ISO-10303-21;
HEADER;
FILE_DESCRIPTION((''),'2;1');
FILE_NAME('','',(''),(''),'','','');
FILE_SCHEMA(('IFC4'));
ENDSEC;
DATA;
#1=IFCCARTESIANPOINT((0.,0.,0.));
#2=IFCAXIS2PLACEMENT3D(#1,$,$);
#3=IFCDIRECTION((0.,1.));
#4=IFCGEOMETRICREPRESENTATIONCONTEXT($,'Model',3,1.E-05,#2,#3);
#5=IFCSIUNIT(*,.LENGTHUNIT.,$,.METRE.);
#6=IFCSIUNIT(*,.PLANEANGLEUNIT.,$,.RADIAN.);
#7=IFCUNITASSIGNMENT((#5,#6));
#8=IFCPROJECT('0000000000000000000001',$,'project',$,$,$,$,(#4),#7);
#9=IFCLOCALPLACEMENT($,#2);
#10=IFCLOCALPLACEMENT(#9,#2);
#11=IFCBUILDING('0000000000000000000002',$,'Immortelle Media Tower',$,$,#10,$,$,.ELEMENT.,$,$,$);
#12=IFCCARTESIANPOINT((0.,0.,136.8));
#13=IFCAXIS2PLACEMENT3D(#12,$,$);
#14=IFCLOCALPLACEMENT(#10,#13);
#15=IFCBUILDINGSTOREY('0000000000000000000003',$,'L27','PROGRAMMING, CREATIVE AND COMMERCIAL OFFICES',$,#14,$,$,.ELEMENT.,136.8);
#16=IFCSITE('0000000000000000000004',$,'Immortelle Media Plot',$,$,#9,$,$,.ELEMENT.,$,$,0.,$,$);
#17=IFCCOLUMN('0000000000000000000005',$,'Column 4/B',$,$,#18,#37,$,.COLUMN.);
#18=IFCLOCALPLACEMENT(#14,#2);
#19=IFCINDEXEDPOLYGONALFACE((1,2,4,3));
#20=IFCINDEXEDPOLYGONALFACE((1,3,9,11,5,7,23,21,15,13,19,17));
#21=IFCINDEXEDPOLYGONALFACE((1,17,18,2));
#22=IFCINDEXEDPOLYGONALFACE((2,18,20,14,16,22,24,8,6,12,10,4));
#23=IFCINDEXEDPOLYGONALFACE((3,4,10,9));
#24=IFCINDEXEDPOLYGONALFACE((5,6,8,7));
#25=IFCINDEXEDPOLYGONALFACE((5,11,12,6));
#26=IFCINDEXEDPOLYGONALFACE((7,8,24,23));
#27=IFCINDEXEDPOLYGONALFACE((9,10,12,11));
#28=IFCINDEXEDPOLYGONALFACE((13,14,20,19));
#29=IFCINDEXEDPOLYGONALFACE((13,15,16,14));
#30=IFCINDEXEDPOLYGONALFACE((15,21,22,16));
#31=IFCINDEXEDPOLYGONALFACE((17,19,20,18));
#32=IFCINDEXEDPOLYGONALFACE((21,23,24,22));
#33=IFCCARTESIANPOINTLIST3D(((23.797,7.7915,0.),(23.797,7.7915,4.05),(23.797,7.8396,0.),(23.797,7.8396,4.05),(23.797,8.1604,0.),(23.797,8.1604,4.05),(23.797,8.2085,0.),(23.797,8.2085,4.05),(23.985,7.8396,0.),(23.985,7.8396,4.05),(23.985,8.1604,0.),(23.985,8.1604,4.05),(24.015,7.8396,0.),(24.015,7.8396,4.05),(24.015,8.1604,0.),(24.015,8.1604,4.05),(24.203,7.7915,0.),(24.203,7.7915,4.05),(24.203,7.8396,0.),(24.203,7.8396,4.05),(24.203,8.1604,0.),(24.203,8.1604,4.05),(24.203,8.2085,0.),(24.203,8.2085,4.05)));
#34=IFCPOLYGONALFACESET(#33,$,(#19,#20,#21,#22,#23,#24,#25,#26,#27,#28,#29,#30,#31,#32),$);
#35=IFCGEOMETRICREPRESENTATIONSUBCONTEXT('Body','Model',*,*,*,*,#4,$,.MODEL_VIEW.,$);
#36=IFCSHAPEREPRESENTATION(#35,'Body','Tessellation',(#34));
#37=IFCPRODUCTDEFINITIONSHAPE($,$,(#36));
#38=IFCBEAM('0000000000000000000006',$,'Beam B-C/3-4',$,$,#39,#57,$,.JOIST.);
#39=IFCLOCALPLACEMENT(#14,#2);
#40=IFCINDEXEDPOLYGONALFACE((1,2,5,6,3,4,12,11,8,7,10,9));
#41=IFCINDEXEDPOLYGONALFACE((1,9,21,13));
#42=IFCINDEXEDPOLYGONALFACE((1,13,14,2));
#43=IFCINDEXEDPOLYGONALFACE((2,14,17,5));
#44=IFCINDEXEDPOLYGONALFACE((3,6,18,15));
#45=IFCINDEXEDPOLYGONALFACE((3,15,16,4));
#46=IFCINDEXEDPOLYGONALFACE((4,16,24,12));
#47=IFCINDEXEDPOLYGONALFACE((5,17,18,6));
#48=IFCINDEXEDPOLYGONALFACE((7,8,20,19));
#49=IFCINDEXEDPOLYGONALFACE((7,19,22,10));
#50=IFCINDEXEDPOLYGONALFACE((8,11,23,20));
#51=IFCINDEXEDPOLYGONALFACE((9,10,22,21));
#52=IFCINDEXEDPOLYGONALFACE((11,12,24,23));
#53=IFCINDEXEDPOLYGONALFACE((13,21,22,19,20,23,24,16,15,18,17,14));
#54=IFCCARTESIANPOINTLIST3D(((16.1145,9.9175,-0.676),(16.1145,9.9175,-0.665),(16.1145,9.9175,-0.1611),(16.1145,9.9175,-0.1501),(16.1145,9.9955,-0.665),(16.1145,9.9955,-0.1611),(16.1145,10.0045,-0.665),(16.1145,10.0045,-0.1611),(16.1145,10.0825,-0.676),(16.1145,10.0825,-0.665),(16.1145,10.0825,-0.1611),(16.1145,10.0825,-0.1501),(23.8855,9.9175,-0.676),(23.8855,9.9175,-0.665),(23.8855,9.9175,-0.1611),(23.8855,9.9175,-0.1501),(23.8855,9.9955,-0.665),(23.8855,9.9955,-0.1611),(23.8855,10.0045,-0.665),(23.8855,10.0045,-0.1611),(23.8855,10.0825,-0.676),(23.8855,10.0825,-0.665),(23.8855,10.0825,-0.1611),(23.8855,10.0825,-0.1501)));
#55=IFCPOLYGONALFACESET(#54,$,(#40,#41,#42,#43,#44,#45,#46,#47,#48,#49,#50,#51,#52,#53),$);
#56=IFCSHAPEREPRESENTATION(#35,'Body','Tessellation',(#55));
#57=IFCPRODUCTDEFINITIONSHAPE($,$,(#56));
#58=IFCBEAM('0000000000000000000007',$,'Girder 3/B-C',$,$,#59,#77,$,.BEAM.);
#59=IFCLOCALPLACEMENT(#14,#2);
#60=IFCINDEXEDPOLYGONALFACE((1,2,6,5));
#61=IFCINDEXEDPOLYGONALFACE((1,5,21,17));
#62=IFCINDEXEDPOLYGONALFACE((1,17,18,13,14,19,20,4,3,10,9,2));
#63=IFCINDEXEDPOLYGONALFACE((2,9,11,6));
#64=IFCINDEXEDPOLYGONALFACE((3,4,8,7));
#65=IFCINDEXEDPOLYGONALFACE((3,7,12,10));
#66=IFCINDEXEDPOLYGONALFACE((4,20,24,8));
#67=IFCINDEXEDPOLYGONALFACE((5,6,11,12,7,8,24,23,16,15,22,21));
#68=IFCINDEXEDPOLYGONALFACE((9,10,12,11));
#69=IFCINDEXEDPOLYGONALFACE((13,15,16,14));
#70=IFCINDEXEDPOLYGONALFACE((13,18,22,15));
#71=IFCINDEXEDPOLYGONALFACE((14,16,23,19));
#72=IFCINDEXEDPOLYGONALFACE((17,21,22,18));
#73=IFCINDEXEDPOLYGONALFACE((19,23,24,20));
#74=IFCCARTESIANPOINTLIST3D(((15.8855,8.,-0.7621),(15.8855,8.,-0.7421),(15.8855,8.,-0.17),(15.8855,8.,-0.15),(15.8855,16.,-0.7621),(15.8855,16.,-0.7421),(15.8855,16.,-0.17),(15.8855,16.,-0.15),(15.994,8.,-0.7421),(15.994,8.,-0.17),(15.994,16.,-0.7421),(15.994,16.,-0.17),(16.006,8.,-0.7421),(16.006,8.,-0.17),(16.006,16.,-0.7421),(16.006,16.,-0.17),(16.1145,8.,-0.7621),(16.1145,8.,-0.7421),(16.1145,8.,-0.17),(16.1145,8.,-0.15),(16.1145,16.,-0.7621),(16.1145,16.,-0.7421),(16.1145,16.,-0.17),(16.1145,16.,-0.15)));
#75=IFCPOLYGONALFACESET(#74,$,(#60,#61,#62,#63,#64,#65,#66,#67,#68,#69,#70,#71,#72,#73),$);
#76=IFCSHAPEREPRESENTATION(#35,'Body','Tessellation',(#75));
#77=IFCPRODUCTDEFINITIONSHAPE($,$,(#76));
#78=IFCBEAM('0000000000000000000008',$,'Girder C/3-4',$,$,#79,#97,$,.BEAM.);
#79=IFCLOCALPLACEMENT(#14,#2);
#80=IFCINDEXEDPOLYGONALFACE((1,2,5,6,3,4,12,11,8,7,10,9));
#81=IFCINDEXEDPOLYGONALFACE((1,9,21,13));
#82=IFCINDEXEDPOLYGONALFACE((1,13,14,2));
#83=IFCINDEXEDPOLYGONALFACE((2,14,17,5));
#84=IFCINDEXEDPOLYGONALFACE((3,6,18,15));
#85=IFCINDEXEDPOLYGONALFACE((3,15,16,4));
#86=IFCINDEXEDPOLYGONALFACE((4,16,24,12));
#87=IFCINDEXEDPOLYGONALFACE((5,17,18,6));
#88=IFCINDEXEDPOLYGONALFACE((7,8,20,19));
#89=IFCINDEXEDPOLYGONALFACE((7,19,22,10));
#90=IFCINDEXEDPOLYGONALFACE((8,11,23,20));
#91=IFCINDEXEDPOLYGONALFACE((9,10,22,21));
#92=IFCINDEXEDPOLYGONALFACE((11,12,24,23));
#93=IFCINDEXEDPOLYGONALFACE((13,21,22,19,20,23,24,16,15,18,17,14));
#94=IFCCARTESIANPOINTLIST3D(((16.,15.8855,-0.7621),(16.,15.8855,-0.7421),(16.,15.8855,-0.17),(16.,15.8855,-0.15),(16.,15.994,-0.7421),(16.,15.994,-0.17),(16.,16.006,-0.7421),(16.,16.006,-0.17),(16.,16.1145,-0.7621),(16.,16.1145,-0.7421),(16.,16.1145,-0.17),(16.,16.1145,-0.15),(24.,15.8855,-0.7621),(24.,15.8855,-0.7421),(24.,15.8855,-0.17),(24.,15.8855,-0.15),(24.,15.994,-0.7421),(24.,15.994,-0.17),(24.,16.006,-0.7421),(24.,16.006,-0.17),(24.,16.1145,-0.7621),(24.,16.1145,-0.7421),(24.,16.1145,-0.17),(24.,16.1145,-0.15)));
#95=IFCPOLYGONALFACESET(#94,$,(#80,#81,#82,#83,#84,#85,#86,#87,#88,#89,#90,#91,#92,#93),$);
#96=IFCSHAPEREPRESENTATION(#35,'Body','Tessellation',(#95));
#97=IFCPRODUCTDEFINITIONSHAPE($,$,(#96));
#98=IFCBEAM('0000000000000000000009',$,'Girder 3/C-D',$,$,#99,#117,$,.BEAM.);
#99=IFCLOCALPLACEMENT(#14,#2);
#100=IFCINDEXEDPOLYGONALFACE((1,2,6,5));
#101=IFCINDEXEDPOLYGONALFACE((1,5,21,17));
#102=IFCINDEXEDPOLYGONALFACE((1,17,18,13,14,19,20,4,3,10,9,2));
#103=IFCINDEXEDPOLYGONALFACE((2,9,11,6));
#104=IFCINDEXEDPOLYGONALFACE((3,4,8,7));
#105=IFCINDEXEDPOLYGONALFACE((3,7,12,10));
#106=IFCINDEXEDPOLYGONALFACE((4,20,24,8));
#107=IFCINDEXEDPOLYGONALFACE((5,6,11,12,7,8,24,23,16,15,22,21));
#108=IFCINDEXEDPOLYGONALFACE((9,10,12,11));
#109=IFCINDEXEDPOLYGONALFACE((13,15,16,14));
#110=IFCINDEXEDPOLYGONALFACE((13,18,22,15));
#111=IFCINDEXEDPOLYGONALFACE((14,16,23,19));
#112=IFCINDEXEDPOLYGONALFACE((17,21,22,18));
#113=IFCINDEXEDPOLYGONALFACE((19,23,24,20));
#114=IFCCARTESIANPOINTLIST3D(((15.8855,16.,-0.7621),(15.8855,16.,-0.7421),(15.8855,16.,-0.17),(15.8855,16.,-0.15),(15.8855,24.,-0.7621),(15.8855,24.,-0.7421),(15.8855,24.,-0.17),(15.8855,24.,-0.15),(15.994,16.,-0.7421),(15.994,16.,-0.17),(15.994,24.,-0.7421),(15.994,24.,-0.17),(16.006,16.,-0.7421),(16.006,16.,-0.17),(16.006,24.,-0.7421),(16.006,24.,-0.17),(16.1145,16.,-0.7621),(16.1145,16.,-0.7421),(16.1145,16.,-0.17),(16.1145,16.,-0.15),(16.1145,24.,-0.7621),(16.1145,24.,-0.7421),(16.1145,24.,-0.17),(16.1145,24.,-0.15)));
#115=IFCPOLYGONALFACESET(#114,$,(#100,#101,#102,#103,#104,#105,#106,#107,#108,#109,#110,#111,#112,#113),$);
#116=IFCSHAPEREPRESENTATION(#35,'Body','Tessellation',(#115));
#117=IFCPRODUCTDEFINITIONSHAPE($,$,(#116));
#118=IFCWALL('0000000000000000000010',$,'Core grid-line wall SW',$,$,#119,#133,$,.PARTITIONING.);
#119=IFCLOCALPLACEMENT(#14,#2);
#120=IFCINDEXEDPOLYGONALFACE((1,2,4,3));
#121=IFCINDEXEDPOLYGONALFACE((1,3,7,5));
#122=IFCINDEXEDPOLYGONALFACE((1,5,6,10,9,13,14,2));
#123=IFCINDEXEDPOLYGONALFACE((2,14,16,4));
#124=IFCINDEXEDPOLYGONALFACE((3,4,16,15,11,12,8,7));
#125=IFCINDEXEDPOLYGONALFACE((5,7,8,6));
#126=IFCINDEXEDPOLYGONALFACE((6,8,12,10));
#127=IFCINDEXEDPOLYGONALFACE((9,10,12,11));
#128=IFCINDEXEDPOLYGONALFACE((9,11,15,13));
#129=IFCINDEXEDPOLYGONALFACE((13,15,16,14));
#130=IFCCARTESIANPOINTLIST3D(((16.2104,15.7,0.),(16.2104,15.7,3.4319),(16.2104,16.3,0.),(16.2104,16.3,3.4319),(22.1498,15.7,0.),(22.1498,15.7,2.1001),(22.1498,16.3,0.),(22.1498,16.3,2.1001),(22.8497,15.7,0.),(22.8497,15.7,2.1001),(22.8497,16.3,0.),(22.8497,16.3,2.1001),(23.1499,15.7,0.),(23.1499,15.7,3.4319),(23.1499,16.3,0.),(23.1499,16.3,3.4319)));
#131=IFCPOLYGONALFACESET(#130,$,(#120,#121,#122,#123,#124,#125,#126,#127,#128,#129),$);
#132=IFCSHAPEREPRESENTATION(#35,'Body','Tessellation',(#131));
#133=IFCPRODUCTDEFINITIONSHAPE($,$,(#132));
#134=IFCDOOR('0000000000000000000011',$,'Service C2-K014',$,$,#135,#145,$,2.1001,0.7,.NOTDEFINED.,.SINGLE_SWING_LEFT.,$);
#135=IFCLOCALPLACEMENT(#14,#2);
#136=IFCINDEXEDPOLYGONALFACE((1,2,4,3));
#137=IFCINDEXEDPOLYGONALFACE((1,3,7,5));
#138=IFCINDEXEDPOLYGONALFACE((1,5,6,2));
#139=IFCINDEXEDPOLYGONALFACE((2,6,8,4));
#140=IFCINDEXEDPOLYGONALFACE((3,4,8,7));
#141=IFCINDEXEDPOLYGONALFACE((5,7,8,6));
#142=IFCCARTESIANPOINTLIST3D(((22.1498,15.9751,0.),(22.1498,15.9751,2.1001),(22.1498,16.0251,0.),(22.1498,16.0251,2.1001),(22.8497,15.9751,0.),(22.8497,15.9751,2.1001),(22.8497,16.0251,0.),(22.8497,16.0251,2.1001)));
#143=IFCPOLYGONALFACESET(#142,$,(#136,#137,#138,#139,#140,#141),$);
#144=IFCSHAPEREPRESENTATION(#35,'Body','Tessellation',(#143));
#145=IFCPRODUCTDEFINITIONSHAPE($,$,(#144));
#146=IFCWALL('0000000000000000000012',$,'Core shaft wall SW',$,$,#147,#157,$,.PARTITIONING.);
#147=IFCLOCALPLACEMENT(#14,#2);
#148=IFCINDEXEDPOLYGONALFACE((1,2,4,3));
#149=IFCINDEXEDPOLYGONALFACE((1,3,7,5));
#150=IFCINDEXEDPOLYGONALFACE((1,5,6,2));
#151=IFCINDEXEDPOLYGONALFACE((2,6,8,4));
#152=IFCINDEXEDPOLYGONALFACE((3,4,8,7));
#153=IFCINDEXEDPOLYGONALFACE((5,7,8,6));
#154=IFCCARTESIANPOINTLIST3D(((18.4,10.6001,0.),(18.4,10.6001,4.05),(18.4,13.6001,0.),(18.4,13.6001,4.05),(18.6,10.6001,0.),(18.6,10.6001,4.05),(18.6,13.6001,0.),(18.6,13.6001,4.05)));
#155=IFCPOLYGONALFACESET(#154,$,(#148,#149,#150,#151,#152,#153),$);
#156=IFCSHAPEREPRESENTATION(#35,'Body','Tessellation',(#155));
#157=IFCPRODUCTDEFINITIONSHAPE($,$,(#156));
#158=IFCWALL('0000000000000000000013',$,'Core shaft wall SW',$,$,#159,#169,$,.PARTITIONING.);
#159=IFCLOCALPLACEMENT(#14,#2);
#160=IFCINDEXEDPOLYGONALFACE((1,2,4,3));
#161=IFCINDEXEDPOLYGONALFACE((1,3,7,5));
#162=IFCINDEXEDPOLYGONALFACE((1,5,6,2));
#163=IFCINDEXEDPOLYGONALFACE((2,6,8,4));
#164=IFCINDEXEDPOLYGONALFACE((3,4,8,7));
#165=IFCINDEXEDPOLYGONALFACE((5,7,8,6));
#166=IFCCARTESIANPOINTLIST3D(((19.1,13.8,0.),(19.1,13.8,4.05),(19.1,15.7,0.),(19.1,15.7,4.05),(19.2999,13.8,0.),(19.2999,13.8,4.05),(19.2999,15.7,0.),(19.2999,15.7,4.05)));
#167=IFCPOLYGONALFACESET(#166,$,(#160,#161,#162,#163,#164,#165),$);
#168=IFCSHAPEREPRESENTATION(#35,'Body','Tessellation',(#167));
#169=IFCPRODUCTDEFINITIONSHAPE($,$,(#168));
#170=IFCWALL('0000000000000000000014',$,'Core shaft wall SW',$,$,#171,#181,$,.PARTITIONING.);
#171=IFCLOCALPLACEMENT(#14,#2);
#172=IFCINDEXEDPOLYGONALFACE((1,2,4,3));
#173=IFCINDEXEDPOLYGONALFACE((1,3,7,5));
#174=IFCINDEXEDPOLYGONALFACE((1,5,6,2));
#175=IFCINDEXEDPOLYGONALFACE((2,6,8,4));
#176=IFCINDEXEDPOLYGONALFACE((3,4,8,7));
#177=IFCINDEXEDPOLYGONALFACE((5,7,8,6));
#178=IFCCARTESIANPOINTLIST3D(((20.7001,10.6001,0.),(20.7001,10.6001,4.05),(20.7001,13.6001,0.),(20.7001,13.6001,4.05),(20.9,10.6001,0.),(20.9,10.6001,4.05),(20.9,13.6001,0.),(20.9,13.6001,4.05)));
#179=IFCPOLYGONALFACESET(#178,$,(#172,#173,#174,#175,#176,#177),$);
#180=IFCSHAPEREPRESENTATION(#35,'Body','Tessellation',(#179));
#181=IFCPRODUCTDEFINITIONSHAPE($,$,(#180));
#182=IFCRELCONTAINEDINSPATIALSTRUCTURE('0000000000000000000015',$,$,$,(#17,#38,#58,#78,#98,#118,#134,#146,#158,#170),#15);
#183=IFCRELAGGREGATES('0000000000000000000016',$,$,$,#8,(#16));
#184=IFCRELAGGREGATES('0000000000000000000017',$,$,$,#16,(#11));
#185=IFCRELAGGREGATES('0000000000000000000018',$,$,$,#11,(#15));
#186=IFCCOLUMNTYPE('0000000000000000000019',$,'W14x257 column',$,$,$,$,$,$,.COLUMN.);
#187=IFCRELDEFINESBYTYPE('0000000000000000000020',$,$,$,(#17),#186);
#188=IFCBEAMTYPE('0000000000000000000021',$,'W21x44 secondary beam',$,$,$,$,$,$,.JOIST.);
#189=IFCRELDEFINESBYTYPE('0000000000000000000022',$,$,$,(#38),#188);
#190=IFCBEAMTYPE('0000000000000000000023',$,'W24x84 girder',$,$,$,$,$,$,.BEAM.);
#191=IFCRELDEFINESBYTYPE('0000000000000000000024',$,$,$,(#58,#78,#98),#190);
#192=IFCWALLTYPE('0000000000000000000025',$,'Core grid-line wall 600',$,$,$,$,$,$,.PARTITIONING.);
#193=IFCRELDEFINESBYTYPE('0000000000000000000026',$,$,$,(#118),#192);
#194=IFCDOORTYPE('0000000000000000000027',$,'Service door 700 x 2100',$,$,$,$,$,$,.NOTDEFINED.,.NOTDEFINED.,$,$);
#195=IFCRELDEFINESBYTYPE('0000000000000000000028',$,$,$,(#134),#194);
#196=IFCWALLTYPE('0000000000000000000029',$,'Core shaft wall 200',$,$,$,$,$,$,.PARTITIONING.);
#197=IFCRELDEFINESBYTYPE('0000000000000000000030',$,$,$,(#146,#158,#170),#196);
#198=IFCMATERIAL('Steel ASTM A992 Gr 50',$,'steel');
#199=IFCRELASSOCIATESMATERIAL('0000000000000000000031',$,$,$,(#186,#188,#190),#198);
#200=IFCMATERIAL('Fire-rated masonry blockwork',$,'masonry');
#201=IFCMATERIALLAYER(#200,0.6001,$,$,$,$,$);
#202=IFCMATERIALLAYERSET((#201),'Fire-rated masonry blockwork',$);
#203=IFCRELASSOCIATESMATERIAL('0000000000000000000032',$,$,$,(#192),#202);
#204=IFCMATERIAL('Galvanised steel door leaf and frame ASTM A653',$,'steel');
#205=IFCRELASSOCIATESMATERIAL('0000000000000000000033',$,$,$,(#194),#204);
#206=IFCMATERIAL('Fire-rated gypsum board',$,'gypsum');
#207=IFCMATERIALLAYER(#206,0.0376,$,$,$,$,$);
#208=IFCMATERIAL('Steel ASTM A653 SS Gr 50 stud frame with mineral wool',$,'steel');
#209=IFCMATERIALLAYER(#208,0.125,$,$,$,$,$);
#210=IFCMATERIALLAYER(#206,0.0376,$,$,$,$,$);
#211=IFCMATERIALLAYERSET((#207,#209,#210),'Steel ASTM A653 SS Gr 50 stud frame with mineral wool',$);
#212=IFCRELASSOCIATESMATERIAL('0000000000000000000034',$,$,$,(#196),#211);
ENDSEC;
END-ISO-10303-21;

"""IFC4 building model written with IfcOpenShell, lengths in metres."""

from ifc_helpers import new_model, si_unit, direction, frame, frame_2d, origin, origin_2d, place, context, subcontext, project, spatial, rectangle, i_section, extrude, material, layer, layer_set, material_profile, profile_set, type_object, element, fill, save


model = new_model("IFC4")

# Units and contexts
model_context = context("Model", 3, precision=1e-05, world=origin(), true_north=direction((0.0, 1.0)))
body_context = subcontext(model_context, "Body", "Model", "MODEL_VIEW")
ifc_project = project(units=[si_unit("LENGTHUNIT", "METRE"), si_unit("PLANEANGLEUNIT", "RADIAN")], contexts=[model_context])

# Site, building, storey
site_placement = place(None, origin())
site = spatial("IfcSite", under=ifc_project, at=site_placement, Name="Immortelle Media Plot", CompositionType="ELEMENT", RefElevation=0.0)
building_placement = place(site_placement, origin())
building = spatial("IfcBuilding", under=site, at=building_placement, Name="Immortelle Media Tower", CompositionType="ELEMENT")
storey_placement = place(building_placement, frame((0.0, 0.0, 136.8)))
storey = spatial("IfcBuildingStorey", under=building, at=storey_placement, Name="L27", Description="PROGRAMMING, CREATIVE AND COMMERCIAL OFFICES", CompositionType="ELEMENT", Elevation=136.8)

# Column
ifc_material_1 = material(Name="Steel ASTM A992 Gr 50", Category="steel")
ifc_material_profile_1 = material_profile(ifc_material_1, i_section(OverallWidth=0.406, OverallDepth=0.417, WebThickness=0.03, FlangeThickness=0.0481, at=origin_2d()), Name="W14x257")
ifc_profile_set_1 = profile_set([ifc_material_profile_1], Name="Steel ASTM A992 Gr 50")
column_type = type_object("IfcColumnType", Name="W14x257 column", PredefinedType="COLUMN", material=ifc_profile_set_1)
column_placement = place(storey_placement, frame((24.0, 8.0, 0.0), z_axis=(0.0, 0.0, 1.0), x_axis=(1.0, 0.0, 0.0)))
element("IfcColumn", 1, at=column_placement, inside=storey, type_object=column_type, Name="Column 4/B", PredefinedType="COLUMN", context=body_context, shape_type="SweptSolid", body=[
    extrude(i_section(OverallWidth=0.406, OverallDepth=0.417, WebThickness=0.03, FlangeThickness=0.0481, at=origin_2d()), origin(), (0.0, 0.0, 1.0), 4.05),
])

# Beams
ifc_material_profile_2 = material_profile(ifc_material_1, i_section(OverallWidth=0.165, OverallDepth=0.5259, WebThickness=0.009, FlangeThickness=0.011, at=origin_2d()), Name="W21x44")
ifc_profile_set_2 = profile_set([ifc_material_profile_2], Name="Steel ASTM A992 Gr 50")
beam_type_1 = type_object("IfcBeamType", Name="W21x44 secondary beam", PredefinedType="JOIST", material=ifc_profile_set_2)
beam_placement = place(storey_placement, frame((16.1145, 10.0, -0.4131), z_axis=(1.0, 0.0, 0.0), x_axis=(0.0, 1.0, 0.0)))
element("IfcBeam", 2, at=beam_placement, inside=storey, type_object=beam_type_1, Name="Beam B-C/3-4", PredefinedType="JOIST", context=body_context, shape_type="SweptSolid", body=[
    extrude(i_section(OverallWidth=0.165, OverallDepth=0.5259, WebThickness=0.009, FlangeThickness=0.011, at=origin_2d()), origin(), (0.0, 0.0, 1.0), 7.771),
])
ifc_material_profile_3 = material_profile(ifc_material_1, i_section(OverallWidth=0.229, OverallDepth=0.6121, WebThickness=0.012, FlangeThickness=0.02, at=origin_2d()), Name="W24x84")
ifc_profile_set_3 = profile_set([ifc_material_profile_3], Name="Steel ASTM A992 Gr 50")
beam_type_2 = type_object("IfcBeamType", Name="W24x84 girder", PredefinedType="BEAM", material=ifc_profile_set_3)
for number, where, z_axis, x_axis, name in (
    (3, (16.0, 8.0, -0.4561), (0.0, 1.0, 0.0), (-1.0, 0.0, 0.0), "Girder 3/B-C"),
    (4, (16.0, 16.0, -0.4561), (1.0, 0.0, 0.0), (0.0, 1.0, 0.0), "Girder C/3-4"),
    (5, (16.0, 16.0, -0.4561), (0.0, 1.0, 0.0), (-1.0, 0.0, 0.0), "Girder 3/C-D"),
):
    element("IfcBeam", number, at=place(storey_placement, frame(where, z_axis=z_axis, x_axis=x_axis)), inside=storey, type_object=beam_type_2, Name=name, PredefinedType="BEAM", context=body_context, shape_type="SweptSolid", body=[
        extrude(i_section(OverallWidth=0.229, OverallDepth=0.6121, WebThickness=0.012, FlangeThickness=0.02, at=origin_2d()), origin(), (0.0, 0.0, 1.0), 8.0),
    ])

# Wall, opening, door
ifc_material_2 = material(Name="Fire-rated masonry blockwork", Category="masonry")
ifc_layer_1 = layer(ifc_material_2, 0.6001)
ifc_layer_set_1 = layer_set([ifc_layer_1], Name="Fire-rated masonry blockwork")
wall_type_1 = type_object("IfcWallType", Name="Core grid-line wall 600", PredefinedType="PARTITIONING", material=ifc_layer_set_1)
wall_1_placement = place(storey_placement, frame((16.2104, 16.0, 0.0), z_axis=(0.0, 0.0, 1.0), x_axis=(1.0, 0.0, 0.0)))
wall_1 = element("IfcWall", 6, at=wall_1_placement, inside=storey, type_object=wall_type_1, Name="Core grid-line wall SW", PredefinedType="PARTITIONING", context=body_context, shape_type="SweptSolid", body=[
    extrude(rectangle(XDim=6.9395, YDim=0.6001, at=frame_2d((3.4697, 0.0))), origin(), (0.0, 0.0, 1.0), 3.4319),
])
opening_1_placement = place(wall_1_placement, frame((6.6394, 0.0, 0.0), z_axis=(0.0, 0.0, 1.0), x_axis=(-1.0, 0.0, 0.0)))
opening_1 = element("IfcOpeningElement", 7, at=opening_1_placement, cuts=wall_1, PredefinedType="OPENING", context=body_context, shape_type="SweptSolid", body=[
    extrude(rectangle(XDim=0.7, YDim=2.1001, at=frame_2d((0.3501, 1.05))), frame((0.0, 0.3101, 0.0), z_axis=(0.0, -1.0, 0.0), x_axis=(1.0, 0.0, 0.0)), (0.0, 0.0, 1.0), 0.6201),
])
ifc_material_3 = material(Name="Galvanised steel door leaf and frame ASTM A653", Category="steel")
door_type_1 = type_object("IfcDoorType", Name="Service door 700 x 2100", OperationType="NOTDEFINED", PredefinedType="NOTDEFINED", material=ifc_material_3)
door_1_placement = place(opening_1_placement, origin())
door_1 = element("IfcDoor", 8, at=door_1_placement, inside=storey, type_object=door_type_1, Name="Service C2-K014", OperationType="SINGLE_SWING_LEFT", OverallHeight=2.1001, OverallWidth=0.7, PredefinedType="NOTDEFINED", context=body_context, shape_type="SweptSolid", body=[
    extrude(rectangle(XDim=0.7, YDim=2.1001, at=frame_2d((0.3501, 1.05))), frame((0.0, 0.0249, 0.0), z_axis=(0.0, -1.0, 0.0), x_axis=(1.0, 0.0, 0.0)), (0.0, 0.0, 1.0), 0.05),
])
fill(opening_1, door_1)

# Walls
ifc_material_4 = material(Name="Fire-rated gypsum board", Category="gypsum")
ifc_layer_2 = layer(ifc_material_4, 0.0376)
ifc_material_5 = material(Name="Steel ASTM A653 SS Gr 50 stud frame with mineral wool", Category="steel")
ifc_layer_3 = layer(ifc_material_5, 0.125)
ifc_layer_4 = layer(ifc_material_4, 0.0376)
ifc_layer_set_2 = layer_set([ifc_layer_2, ifc_layer_3, ifc_layer_4], Name="Steel ASTM A653 SS Gr 50 stud frame with mineral wool")
wall_type_2 = type_object("IfcWallType", Name="Core shaft wall 200", PredefinedType="PARTITIONING", material=ifc_layer_set_2)
wall_2_placement = place(storey_placement, frame((18.5, 10.6001, 0.0), z_axis=(0.0, 0.0, 1.0), x_axis=(0.0, 1.0, 0.0)))
element("IfcWall", 9, at=wall_2_placement, inside=storey, type_object=wall_type_2, Name="Core shaft wall SW", PredefinedType="PARTITIONING", context=body_context, shape_type="SweptSolid", body=[
    extrude(rectangle(XDim=3.0, YDim=0.2, at=frame_2d((1.5, 0.0))), origin(), (0.0, 0.0, 1.0), 4.05),
])
wall_3_placement = place(storey_placement, frame((19.2, 13.8, 0.0), z_axis=(0.0, 0.0, 1.0), x_axis=(0.0, 1.0, 0.0)))
element("IfcWall", 10, at=wall_3_placement, inside=storey, type_object=wall_type_2, Name="Core shaft wall SW", PredefinedType="PARTITIONING", context=body_context, shape_type="SweptSolid", body=[
    extrude(rectangle(XDim=1.8999, YDim=0.2, at=frame_2d((0.95, 0.0))), origin(), (0.0, 0.0, 1.0), 4.05),
])
wall_4_placement = place(storey_placement, frame((20.8, 10.6001, 0.0), z_axis=(0.0, 0.0, 1.0), x_axis=(0.0, 1.0, 0.0)))
element("IfcWall", 11, at=wall_4_placement, inside=storey, type_object=wall_type_2, Name="Core shaft wall SW", PredefinedType="PARTITIONING", context=body_context, shape_type="SweptSolid", body=[
    extrude(rectangle(XDim=3.0, YDim=0.2, at=frame_2d((1.5, 0.0))), origin(), (0.0, 0.0, 1.0), 4.05),
])

save(model, "model.ifc")
